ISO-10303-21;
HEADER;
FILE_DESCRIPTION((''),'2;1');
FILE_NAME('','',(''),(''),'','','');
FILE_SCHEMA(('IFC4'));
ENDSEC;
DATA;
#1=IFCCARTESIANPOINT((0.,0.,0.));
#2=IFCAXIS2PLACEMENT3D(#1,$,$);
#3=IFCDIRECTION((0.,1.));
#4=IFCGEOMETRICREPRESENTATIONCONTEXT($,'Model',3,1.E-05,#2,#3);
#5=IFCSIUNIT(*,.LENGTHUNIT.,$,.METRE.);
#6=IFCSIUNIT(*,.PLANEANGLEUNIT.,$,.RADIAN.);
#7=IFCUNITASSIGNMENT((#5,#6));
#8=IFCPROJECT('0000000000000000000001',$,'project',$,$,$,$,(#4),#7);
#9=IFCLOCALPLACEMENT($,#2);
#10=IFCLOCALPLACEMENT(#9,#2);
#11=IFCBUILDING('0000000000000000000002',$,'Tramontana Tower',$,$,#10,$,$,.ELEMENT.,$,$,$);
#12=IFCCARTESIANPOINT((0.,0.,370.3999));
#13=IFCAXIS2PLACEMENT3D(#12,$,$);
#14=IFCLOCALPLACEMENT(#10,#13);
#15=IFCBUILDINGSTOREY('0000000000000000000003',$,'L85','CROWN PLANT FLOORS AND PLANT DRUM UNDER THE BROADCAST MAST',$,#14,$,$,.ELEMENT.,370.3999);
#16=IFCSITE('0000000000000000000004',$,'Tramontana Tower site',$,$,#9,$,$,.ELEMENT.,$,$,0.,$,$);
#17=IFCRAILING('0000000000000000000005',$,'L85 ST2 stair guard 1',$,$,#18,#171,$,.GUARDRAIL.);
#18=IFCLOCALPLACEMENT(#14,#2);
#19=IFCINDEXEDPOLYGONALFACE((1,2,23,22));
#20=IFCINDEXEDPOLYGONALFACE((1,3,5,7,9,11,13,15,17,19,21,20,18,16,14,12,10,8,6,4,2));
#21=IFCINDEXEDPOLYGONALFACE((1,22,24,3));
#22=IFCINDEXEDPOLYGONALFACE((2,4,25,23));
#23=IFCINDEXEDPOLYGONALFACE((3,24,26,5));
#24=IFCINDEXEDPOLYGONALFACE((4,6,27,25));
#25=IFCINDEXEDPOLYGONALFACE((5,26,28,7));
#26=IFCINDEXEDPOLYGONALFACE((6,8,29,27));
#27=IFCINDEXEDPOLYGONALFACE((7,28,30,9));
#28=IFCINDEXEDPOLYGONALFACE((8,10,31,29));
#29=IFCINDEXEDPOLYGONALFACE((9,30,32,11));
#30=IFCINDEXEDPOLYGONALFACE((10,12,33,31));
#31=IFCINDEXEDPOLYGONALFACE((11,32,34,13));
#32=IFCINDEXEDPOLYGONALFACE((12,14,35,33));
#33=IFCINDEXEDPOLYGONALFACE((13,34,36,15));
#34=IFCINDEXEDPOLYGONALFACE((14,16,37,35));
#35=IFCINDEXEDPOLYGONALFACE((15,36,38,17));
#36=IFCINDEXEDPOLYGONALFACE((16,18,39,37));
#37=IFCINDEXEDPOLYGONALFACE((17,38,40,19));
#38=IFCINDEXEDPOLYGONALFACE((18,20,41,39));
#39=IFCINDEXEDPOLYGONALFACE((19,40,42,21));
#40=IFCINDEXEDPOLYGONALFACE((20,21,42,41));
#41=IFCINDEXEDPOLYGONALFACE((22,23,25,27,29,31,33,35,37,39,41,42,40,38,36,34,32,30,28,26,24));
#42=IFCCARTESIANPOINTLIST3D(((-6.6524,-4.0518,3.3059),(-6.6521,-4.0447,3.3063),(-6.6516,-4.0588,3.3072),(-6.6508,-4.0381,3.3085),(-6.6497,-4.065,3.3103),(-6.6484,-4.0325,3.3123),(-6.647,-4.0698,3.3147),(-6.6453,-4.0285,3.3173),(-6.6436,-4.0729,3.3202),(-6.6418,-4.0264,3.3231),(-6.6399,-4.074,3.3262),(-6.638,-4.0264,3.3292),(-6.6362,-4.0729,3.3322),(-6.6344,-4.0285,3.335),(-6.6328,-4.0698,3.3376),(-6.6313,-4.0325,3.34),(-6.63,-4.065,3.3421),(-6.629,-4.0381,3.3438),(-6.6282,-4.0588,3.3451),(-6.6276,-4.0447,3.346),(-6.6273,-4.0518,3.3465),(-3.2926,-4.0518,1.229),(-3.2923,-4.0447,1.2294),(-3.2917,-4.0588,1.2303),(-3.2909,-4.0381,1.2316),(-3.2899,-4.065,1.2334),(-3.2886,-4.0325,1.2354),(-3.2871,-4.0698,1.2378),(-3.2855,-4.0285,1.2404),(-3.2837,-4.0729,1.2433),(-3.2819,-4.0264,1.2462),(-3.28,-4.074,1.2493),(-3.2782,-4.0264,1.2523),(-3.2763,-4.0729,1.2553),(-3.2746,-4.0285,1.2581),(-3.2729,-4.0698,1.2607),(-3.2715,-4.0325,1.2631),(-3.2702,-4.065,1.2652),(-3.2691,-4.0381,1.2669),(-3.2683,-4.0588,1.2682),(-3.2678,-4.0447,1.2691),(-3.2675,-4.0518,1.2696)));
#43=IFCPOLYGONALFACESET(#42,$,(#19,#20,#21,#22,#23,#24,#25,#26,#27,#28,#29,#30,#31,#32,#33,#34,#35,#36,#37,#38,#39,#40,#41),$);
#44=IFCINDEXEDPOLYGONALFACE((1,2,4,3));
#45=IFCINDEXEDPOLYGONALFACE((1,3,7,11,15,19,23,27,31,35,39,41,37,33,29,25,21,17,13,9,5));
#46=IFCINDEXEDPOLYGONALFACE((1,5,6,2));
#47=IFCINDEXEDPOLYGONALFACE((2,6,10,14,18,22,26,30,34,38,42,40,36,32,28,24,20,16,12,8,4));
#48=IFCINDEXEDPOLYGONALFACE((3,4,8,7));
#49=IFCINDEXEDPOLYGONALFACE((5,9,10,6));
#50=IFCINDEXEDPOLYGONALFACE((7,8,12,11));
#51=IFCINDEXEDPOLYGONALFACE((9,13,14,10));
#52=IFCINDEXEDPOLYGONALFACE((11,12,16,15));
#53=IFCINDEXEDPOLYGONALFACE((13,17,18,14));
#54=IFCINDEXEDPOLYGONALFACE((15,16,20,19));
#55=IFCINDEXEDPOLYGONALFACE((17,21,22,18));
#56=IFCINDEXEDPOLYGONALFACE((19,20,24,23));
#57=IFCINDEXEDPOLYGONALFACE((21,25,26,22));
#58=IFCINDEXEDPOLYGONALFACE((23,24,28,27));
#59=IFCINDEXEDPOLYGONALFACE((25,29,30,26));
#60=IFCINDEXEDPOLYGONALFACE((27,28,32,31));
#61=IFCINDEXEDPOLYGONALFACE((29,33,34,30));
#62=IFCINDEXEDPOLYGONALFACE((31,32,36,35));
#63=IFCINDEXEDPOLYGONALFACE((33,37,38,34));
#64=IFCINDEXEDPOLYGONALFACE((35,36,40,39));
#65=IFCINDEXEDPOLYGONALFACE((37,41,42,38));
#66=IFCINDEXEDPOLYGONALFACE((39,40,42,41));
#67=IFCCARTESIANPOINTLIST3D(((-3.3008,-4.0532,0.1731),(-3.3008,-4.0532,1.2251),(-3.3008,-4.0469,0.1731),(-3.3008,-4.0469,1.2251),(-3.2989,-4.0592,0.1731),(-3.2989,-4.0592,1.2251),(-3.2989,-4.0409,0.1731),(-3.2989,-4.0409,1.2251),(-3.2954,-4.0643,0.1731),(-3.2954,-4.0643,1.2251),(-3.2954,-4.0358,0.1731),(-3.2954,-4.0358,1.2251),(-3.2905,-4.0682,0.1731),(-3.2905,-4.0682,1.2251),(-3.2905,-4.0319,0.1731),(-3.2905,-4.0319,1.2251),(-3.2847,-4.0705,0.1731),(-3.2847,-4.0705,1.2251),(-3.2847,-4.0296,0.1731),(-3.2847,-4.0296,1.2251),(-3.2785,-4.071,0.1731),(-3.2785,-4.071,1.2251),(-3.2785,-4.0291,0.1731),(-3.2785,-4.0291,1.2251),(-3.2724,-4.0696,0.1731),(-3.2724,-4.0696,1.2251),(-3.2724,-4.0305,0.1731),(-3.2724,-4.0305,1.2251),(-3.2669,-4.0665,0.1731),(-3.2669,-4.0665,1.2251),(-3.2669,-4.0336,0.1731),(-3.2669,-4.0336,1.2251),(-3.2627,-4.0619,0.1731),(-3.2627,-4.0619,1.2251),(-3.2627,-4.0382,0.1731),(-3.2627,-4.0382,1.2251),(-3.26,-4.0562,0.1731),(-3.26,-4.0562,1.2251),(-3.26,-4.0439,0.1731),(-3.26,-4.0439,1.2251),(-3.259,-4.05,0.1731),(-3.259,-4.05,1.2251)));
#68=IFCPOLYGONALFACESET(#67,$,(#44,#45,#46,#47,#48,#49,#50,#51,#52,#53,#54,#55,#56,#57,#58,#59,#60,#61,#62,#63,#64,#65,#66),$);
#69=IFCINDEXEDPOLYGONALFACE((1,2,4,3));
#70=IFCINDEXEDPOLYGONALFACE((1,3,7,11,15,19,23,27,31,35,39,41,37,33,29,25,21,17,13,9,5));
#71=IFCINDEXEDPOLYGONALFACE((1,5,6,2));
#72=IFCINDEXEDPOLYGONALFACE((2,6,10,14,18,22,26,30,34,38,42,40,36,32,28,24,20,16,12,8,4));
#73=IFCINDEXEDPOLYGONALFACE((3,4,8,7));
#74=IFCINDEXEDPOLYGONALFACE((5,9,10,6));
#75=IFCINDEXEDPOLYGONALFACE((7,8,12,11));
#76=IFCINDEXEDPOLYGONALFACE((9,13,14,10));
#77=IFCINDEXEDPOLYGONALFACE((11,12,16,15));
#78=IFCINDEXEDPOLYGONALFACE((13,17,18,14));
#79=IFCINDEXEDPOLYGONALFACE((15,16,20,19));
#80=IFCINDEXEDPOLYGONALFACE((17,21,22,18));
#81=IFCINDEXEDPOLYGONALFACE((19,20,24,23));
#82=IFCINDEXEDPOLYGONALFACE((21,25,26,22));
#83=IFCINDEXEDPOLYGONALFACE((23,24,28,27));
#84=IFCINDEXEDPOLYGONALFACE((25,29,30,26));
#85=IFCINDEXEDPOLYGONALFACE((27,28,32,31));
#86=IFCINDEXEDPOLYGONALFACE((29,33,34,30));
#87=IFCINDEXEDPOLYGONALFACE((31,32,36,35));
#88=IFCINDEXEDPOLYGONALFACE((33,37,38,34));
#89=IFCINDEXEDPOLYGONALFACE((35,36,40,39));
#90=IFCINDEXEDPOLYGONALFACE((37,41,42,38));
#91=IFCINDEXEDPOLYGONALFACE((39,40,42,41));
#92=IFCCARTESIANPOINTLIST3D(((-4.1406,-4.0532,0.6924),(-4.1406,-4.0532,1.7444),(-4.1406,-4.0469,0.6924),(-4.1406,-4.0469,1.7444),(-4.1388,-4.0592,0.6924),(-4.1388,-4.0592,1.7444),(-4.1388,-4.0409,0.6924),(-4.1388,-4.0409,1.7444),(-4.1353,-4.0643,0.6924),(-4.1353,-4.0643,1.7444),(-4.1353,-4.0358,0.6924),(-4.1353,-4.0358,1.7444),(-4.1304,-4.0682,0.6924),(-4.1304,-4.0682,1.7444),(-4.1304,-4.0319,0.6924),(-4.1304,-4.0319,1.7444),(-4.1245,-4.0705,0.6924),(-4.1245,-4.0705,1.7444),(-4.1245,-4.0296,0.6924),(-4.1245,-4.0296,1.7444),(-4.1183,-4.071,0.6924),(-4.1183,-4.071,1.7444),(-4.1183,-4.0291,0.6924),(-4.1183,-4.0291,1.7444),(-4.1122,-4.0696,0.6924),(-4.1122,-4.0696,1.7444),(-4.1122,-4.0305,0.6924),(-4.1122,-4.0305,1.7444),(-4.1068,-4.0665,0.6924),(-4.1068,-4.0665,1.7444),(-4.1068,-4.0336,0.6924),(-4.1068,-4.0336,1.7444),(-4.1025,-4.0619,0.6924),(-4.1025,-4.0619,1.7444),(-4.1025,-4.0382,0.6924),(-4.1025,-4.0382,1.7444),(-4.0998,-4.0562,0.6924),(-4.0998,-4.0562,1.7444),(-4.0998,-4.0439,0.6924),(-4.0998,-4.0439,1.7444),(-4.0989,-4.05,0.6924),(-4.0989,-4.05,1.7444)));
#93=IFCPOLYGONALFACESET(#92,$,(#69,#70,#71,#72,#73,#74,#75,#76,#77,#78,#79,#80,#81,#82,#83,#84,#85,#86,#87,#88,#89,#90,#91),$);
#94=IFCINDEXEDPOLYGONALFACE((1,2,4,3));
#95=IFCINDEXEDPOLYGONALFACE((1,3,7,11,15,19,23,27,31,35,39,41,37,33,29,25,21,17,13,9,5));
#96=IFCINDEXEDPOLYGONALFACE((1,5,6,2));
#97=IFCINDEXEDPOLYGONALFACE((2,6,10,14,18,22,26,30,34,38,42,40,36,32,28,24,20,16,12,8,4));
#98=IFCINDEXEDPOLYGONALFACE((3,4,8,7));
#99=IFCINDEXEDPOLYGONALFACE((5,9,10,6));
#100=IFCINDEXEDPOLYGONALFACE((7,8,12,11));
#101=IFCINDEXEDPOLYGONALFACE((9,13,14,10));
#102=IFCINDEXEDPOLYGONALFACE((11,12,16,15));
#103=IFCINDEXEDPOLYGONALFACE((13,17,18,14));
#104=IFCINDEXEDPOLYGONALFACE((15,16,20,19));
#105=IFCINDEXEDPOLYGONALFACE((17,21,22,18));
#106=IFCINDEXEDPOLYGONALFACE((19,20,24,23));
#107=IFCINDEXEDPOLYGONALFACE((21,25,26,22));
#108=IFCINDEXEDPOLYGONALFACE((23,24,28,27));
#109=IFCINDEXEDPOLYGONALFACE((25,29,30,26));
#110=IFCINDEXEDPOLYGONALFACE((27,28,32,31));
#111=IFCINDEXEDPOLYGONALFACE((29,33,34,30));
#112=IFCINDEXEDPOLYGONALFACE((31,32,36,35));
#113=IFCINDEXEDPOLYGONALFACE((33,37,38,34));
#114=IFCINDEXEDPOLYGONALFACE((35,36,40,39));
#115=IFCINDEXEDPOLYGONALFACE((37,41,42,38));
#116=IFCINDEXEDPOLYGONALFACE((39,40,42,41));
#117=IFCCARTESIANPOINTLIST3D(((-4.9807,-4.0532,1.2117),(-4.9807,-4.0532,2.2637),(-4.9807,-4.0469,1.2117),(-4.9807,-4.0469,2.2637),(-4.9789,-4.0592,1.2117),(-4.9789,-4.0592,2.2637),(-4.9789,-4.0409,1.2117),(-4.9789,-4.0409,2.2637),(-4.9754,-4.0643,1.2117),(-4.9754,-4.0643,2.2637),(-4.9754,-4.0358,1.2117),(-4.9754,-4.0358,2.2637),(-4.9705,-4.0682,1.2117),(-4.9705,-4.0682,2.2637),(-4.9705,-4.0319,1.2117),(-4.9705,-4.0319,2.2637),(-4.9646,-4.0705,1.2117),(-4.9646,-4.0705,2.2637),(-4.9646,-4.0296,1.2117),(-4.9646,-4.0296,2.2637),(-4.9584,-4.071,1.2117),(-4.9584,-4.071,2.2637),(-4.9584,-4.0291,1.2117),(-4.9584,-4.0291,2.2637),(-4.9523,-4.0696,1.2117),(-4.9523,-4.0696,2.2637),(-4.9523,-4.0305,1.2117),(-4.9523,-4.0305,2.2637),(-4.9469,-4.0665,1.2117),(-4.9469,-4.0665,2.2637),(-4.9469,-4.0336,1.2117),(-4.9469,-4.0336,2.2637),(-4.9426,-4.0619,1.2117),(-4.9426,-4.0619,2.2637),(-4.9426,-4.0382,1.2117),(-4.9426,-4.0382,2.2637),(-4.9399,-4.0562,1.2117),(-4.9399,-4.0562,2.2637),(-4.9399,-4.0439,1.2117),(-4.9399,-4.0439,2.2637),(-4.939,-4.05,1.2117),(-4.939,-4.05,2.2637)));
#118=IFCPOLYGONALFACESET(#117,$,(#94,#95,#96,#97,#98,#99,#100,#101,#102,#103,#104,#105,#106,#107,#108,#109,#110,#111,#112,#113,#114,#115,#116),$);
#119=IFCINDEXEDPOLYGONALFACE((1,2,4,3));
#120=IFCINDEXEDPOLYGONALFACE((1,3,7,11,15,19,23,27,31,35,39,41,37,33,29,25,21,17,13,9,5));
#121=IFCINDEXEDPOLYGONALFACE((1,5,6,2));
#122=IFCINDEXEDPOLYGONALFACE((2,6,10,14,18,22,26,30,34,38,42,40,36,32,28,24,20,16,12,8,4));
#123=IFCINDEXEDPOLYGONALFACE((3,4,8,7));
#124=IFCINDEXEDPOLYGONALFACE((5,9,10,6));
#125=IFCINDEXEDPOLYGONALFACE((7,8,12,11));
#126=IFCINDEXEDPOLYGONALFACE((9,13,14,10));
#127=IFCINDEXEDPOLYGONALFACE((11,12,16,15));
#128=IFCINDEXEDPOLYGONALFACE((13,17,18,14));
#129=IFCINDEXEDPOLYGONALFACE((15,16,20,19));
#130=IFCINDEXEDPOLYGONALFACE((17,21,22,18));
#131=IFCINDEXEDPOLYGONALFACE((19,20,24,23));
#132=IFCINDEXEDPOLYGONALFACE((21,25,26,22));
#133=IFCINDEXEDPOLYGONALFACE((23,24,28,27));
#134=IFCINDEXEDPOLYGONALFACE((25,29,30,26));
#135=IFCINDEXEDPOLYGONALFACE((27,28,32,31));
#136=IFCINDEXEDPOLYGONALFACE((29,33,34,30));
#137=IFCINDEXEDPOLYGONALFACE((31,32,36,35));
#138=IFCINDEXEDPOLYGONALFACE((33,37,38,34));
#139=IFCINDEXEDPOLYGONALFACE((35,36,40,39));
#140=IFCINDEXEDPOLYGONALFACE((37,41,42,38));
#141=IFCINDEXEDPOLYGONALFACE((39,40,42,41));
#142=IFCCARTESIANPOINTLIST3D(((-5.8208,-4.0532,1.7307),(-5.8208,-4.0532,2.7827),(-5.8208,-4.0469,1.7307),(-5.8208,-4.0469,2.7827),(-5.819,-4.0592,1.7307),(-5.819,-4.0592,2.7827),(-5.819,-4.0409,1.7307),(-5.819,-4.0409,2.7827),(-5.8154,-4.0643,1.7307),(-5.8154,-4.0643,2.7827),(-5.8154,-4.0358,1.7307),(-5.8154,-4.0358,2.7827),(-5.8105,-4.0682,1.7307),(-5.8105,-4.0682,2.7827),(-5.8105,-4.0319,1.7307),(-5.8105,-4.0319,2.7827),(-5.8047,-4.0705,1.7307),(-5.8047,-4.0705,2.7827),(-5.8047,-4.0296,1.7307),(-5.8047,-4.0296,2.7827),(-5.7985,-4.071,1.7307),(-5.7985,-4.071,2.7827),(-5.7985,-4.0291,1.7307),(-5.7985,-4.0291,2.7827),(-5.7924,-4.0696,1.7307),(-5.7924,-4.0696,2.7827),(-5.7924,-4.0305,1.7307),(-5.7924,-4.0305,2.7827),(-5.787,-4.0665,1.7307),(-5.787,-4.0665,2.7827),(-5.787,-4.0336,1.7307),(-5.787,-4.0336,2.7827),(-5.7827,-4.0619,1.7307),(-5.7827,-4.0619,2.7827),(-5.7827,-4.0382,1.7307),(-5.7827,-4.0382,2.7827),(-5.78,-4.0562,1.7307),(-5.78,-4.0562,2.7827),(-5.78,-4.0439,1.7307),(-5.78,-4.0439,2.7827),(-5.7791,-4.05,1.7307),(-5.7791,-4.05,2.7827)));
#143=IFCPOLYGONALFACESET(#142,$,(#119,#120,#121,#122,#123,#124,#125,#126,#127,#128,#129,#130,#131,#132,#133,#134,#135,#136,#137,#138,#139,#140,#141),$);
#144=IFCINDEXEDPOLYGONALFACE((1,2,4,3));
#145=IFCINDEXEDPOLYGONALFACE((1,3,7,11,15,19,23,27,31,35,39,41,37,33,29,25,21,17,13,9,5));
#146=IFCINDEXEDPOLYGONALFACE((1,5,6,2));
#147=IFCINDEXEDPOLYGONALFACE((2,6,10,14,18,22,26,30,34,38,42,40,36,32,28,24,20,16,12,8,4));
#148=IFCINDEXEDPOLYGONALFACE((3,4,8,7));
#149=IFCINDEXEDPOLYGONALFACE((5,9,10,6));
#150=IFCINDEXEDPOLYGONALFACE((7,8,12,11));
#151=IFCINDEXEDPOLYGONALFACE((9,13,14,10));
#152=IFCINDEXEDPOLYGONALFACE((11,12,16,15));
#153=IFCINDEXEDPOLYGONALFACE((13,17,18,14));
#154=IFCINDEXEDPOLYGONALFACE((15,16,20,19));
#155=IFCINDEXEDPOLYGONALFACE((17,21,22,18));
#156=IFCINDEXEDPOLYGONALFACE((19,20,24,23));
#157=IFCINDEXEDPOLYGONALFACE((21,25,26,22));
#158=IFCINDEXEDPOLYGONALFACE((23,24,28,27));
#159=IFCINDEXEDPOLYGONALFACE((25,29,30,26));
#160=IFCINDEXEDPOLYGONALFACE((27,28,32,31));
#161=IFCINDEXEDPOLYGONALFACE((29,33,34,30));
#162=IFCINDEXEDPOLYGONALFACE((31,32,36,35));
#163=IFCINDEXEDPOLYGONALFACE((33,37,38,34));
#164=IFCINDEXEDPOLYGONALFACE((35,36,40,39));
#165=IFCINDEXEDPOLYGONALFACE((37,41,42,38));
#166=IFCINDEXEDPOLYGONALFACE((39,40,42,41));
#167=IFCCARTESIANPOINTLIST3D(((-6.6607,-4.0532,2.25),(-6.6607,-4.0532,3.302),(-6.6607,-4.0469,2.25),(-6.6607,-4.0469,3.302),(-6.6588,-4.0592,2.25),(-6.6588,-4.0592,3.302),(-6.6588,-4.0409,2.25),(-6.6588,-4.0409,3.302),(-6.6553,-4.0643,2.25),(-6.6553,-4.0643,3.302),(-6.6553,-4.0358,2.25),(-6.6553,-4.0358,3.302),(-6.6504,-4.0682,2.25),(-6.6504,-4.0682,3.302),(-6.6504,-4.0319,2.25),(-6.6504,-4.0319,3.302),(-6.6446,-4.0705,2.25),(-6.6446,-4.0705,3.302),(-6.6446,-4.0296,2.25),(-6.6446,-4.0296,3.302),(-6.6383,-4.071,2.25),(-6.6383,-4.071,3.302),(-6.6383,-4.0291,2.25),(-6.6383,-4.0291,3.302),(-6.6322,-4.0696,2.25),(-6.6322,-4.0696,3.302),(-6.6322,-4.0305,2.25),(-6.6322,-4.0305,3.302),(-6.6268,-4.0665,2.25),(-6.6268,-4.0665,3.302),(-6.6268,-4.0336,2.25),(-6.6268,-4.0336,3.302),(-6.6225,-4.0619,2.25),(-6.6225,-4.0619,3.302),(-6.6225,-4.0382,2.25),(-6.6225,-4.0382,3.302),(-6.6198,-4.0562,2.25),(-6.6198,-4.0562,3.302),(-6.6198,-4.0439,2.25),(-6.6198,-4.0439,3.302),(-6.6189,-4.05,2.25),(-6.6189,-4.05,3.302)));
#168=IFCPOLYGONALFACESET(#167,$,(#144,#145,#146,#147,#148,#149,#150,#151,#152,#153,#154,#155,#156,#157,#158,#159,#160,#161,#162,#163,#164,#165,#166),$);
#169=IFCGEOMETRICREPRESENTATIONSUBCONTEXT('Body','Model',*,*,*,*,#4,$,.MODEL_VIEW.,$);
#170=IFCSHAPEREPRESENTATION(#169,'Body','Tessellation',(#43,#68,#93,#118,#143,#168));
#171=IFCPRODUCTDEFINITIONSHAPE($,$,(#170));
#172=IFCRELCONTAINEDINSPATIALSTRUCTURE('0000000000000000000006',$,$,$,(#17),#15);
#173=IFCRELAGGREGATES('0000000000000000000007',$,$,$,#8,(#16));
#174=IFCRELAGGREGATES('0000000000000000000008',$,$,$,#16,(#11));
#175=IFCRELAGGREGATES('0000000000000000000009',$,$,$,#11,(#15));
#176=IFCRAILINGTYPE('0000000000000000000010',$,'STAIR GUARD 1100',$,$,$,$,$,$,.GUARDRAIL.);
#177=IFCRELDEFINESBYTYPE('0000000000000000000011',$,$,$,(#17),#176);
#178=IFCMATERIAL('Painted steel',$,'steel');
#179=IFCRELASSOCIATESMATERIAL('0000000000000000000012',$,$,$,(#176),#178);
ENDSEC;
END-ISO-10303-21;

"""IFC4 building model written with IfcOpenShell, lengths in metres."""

from ifc_helpers import new_model, si_unit, direction, frame, origin, origin_2d, place, context, subcontext, project, spatial, circle, extrude, material, type_object, element, save


model = new_model("IFC4")

# Units and contexts
model_context = context("Model", 3, precision=1e-05, world=origin(), true_north=direction((0.0, 1.0)))
body_context = subcontext(model_context, "Body", "Model", "MODEL_VIEW")
ifc_project = project(units=[si_unit("LENGTHUNIT", "METRE"), si_unit("PLANEANGLEUNIT", "RADIAN")], contexts=[model_context])

# Site, building, storey
site_placement = place(None, origin())
site = spatial("IfcSite", under=ifc_project, at=site_placement, Name="Tramontana Tower site", CompositionType="ELEMENT", RefElevation=0.0)
building_placement = place(site_placement, origin())
building = spatial("IfcBuilding", under=site, at=building_placement, Name="Tramontana Tower", CompositionType="ELEMENT")
storey_placement = place(building_placement, frame((0.0, 0.0, 370.3999)))
storey = spatial("IfcBuildingStorey", under=building, at=storey_placement, Name="L85", Description="CROWN PLANT FLOORS AND PLANT DRUM UNDER THE BROADCAST MAST", CompositionType="ELEMENT", Elevation=370.3999)

# Railing
ifc_material_1 = material(Name="Painted steel", Category="steel")
railing_type_1 = type_object("IfcRailingType", Name="STAIR GUARD 1100", PredefinedType="GUARDRAIL", material=ifc_material_1)
railing_1_placement = place(storey_placement, frame((-3.28, -4.05, 0.1731)))
element("IfcRailing", 1, at=railing_1_placement, inside=storey, type_object=railing_type_1, Name="L85 ST2 stair guard 1", PredefinedType="GUARDRAIL", context=body_context, shape_type="SweptSolid", body=[
    extrude(circle(Radius=0.0239, at=origin_2d()), frame((0.0, 0.0, 1.0762), z_axis=(-0.850606, 0.0, 0.525803), x_axis=(0.0, -1.0, 0.0)), (0.0, 0.0, 1.0), 3.95),
    extrude(circle(Radius=0.021, at=origin_2d()), origin(), (0.0, 0.0, 1.0), 1.052),
    extrude(circle(Radius=0.021, at=origin_2d()), frame((-0.8398, 0.0, 0.5193)), (0.0, 0.0, 1.0), 1.052),
    extrude(circle(Radius=0.021, at=origin_2d()), frame((-1.6799, 0.0, 1.0386)), (0.0, 0.0, 1.0), 1.052),
    extrude(circle(Radius=0.021, at=origin_2d()), frame((-2.52, 0.0, 1.5576)), (0.0, 0.0, 1.0), 1.052),
    extrude(circle(Radius=0.021, at=origin_2d()), frame((-3.3599, 0.0, 2.0769)), (0.0, 0.0, 1.0), 1.052),
])

save(model, "model.ifc")
